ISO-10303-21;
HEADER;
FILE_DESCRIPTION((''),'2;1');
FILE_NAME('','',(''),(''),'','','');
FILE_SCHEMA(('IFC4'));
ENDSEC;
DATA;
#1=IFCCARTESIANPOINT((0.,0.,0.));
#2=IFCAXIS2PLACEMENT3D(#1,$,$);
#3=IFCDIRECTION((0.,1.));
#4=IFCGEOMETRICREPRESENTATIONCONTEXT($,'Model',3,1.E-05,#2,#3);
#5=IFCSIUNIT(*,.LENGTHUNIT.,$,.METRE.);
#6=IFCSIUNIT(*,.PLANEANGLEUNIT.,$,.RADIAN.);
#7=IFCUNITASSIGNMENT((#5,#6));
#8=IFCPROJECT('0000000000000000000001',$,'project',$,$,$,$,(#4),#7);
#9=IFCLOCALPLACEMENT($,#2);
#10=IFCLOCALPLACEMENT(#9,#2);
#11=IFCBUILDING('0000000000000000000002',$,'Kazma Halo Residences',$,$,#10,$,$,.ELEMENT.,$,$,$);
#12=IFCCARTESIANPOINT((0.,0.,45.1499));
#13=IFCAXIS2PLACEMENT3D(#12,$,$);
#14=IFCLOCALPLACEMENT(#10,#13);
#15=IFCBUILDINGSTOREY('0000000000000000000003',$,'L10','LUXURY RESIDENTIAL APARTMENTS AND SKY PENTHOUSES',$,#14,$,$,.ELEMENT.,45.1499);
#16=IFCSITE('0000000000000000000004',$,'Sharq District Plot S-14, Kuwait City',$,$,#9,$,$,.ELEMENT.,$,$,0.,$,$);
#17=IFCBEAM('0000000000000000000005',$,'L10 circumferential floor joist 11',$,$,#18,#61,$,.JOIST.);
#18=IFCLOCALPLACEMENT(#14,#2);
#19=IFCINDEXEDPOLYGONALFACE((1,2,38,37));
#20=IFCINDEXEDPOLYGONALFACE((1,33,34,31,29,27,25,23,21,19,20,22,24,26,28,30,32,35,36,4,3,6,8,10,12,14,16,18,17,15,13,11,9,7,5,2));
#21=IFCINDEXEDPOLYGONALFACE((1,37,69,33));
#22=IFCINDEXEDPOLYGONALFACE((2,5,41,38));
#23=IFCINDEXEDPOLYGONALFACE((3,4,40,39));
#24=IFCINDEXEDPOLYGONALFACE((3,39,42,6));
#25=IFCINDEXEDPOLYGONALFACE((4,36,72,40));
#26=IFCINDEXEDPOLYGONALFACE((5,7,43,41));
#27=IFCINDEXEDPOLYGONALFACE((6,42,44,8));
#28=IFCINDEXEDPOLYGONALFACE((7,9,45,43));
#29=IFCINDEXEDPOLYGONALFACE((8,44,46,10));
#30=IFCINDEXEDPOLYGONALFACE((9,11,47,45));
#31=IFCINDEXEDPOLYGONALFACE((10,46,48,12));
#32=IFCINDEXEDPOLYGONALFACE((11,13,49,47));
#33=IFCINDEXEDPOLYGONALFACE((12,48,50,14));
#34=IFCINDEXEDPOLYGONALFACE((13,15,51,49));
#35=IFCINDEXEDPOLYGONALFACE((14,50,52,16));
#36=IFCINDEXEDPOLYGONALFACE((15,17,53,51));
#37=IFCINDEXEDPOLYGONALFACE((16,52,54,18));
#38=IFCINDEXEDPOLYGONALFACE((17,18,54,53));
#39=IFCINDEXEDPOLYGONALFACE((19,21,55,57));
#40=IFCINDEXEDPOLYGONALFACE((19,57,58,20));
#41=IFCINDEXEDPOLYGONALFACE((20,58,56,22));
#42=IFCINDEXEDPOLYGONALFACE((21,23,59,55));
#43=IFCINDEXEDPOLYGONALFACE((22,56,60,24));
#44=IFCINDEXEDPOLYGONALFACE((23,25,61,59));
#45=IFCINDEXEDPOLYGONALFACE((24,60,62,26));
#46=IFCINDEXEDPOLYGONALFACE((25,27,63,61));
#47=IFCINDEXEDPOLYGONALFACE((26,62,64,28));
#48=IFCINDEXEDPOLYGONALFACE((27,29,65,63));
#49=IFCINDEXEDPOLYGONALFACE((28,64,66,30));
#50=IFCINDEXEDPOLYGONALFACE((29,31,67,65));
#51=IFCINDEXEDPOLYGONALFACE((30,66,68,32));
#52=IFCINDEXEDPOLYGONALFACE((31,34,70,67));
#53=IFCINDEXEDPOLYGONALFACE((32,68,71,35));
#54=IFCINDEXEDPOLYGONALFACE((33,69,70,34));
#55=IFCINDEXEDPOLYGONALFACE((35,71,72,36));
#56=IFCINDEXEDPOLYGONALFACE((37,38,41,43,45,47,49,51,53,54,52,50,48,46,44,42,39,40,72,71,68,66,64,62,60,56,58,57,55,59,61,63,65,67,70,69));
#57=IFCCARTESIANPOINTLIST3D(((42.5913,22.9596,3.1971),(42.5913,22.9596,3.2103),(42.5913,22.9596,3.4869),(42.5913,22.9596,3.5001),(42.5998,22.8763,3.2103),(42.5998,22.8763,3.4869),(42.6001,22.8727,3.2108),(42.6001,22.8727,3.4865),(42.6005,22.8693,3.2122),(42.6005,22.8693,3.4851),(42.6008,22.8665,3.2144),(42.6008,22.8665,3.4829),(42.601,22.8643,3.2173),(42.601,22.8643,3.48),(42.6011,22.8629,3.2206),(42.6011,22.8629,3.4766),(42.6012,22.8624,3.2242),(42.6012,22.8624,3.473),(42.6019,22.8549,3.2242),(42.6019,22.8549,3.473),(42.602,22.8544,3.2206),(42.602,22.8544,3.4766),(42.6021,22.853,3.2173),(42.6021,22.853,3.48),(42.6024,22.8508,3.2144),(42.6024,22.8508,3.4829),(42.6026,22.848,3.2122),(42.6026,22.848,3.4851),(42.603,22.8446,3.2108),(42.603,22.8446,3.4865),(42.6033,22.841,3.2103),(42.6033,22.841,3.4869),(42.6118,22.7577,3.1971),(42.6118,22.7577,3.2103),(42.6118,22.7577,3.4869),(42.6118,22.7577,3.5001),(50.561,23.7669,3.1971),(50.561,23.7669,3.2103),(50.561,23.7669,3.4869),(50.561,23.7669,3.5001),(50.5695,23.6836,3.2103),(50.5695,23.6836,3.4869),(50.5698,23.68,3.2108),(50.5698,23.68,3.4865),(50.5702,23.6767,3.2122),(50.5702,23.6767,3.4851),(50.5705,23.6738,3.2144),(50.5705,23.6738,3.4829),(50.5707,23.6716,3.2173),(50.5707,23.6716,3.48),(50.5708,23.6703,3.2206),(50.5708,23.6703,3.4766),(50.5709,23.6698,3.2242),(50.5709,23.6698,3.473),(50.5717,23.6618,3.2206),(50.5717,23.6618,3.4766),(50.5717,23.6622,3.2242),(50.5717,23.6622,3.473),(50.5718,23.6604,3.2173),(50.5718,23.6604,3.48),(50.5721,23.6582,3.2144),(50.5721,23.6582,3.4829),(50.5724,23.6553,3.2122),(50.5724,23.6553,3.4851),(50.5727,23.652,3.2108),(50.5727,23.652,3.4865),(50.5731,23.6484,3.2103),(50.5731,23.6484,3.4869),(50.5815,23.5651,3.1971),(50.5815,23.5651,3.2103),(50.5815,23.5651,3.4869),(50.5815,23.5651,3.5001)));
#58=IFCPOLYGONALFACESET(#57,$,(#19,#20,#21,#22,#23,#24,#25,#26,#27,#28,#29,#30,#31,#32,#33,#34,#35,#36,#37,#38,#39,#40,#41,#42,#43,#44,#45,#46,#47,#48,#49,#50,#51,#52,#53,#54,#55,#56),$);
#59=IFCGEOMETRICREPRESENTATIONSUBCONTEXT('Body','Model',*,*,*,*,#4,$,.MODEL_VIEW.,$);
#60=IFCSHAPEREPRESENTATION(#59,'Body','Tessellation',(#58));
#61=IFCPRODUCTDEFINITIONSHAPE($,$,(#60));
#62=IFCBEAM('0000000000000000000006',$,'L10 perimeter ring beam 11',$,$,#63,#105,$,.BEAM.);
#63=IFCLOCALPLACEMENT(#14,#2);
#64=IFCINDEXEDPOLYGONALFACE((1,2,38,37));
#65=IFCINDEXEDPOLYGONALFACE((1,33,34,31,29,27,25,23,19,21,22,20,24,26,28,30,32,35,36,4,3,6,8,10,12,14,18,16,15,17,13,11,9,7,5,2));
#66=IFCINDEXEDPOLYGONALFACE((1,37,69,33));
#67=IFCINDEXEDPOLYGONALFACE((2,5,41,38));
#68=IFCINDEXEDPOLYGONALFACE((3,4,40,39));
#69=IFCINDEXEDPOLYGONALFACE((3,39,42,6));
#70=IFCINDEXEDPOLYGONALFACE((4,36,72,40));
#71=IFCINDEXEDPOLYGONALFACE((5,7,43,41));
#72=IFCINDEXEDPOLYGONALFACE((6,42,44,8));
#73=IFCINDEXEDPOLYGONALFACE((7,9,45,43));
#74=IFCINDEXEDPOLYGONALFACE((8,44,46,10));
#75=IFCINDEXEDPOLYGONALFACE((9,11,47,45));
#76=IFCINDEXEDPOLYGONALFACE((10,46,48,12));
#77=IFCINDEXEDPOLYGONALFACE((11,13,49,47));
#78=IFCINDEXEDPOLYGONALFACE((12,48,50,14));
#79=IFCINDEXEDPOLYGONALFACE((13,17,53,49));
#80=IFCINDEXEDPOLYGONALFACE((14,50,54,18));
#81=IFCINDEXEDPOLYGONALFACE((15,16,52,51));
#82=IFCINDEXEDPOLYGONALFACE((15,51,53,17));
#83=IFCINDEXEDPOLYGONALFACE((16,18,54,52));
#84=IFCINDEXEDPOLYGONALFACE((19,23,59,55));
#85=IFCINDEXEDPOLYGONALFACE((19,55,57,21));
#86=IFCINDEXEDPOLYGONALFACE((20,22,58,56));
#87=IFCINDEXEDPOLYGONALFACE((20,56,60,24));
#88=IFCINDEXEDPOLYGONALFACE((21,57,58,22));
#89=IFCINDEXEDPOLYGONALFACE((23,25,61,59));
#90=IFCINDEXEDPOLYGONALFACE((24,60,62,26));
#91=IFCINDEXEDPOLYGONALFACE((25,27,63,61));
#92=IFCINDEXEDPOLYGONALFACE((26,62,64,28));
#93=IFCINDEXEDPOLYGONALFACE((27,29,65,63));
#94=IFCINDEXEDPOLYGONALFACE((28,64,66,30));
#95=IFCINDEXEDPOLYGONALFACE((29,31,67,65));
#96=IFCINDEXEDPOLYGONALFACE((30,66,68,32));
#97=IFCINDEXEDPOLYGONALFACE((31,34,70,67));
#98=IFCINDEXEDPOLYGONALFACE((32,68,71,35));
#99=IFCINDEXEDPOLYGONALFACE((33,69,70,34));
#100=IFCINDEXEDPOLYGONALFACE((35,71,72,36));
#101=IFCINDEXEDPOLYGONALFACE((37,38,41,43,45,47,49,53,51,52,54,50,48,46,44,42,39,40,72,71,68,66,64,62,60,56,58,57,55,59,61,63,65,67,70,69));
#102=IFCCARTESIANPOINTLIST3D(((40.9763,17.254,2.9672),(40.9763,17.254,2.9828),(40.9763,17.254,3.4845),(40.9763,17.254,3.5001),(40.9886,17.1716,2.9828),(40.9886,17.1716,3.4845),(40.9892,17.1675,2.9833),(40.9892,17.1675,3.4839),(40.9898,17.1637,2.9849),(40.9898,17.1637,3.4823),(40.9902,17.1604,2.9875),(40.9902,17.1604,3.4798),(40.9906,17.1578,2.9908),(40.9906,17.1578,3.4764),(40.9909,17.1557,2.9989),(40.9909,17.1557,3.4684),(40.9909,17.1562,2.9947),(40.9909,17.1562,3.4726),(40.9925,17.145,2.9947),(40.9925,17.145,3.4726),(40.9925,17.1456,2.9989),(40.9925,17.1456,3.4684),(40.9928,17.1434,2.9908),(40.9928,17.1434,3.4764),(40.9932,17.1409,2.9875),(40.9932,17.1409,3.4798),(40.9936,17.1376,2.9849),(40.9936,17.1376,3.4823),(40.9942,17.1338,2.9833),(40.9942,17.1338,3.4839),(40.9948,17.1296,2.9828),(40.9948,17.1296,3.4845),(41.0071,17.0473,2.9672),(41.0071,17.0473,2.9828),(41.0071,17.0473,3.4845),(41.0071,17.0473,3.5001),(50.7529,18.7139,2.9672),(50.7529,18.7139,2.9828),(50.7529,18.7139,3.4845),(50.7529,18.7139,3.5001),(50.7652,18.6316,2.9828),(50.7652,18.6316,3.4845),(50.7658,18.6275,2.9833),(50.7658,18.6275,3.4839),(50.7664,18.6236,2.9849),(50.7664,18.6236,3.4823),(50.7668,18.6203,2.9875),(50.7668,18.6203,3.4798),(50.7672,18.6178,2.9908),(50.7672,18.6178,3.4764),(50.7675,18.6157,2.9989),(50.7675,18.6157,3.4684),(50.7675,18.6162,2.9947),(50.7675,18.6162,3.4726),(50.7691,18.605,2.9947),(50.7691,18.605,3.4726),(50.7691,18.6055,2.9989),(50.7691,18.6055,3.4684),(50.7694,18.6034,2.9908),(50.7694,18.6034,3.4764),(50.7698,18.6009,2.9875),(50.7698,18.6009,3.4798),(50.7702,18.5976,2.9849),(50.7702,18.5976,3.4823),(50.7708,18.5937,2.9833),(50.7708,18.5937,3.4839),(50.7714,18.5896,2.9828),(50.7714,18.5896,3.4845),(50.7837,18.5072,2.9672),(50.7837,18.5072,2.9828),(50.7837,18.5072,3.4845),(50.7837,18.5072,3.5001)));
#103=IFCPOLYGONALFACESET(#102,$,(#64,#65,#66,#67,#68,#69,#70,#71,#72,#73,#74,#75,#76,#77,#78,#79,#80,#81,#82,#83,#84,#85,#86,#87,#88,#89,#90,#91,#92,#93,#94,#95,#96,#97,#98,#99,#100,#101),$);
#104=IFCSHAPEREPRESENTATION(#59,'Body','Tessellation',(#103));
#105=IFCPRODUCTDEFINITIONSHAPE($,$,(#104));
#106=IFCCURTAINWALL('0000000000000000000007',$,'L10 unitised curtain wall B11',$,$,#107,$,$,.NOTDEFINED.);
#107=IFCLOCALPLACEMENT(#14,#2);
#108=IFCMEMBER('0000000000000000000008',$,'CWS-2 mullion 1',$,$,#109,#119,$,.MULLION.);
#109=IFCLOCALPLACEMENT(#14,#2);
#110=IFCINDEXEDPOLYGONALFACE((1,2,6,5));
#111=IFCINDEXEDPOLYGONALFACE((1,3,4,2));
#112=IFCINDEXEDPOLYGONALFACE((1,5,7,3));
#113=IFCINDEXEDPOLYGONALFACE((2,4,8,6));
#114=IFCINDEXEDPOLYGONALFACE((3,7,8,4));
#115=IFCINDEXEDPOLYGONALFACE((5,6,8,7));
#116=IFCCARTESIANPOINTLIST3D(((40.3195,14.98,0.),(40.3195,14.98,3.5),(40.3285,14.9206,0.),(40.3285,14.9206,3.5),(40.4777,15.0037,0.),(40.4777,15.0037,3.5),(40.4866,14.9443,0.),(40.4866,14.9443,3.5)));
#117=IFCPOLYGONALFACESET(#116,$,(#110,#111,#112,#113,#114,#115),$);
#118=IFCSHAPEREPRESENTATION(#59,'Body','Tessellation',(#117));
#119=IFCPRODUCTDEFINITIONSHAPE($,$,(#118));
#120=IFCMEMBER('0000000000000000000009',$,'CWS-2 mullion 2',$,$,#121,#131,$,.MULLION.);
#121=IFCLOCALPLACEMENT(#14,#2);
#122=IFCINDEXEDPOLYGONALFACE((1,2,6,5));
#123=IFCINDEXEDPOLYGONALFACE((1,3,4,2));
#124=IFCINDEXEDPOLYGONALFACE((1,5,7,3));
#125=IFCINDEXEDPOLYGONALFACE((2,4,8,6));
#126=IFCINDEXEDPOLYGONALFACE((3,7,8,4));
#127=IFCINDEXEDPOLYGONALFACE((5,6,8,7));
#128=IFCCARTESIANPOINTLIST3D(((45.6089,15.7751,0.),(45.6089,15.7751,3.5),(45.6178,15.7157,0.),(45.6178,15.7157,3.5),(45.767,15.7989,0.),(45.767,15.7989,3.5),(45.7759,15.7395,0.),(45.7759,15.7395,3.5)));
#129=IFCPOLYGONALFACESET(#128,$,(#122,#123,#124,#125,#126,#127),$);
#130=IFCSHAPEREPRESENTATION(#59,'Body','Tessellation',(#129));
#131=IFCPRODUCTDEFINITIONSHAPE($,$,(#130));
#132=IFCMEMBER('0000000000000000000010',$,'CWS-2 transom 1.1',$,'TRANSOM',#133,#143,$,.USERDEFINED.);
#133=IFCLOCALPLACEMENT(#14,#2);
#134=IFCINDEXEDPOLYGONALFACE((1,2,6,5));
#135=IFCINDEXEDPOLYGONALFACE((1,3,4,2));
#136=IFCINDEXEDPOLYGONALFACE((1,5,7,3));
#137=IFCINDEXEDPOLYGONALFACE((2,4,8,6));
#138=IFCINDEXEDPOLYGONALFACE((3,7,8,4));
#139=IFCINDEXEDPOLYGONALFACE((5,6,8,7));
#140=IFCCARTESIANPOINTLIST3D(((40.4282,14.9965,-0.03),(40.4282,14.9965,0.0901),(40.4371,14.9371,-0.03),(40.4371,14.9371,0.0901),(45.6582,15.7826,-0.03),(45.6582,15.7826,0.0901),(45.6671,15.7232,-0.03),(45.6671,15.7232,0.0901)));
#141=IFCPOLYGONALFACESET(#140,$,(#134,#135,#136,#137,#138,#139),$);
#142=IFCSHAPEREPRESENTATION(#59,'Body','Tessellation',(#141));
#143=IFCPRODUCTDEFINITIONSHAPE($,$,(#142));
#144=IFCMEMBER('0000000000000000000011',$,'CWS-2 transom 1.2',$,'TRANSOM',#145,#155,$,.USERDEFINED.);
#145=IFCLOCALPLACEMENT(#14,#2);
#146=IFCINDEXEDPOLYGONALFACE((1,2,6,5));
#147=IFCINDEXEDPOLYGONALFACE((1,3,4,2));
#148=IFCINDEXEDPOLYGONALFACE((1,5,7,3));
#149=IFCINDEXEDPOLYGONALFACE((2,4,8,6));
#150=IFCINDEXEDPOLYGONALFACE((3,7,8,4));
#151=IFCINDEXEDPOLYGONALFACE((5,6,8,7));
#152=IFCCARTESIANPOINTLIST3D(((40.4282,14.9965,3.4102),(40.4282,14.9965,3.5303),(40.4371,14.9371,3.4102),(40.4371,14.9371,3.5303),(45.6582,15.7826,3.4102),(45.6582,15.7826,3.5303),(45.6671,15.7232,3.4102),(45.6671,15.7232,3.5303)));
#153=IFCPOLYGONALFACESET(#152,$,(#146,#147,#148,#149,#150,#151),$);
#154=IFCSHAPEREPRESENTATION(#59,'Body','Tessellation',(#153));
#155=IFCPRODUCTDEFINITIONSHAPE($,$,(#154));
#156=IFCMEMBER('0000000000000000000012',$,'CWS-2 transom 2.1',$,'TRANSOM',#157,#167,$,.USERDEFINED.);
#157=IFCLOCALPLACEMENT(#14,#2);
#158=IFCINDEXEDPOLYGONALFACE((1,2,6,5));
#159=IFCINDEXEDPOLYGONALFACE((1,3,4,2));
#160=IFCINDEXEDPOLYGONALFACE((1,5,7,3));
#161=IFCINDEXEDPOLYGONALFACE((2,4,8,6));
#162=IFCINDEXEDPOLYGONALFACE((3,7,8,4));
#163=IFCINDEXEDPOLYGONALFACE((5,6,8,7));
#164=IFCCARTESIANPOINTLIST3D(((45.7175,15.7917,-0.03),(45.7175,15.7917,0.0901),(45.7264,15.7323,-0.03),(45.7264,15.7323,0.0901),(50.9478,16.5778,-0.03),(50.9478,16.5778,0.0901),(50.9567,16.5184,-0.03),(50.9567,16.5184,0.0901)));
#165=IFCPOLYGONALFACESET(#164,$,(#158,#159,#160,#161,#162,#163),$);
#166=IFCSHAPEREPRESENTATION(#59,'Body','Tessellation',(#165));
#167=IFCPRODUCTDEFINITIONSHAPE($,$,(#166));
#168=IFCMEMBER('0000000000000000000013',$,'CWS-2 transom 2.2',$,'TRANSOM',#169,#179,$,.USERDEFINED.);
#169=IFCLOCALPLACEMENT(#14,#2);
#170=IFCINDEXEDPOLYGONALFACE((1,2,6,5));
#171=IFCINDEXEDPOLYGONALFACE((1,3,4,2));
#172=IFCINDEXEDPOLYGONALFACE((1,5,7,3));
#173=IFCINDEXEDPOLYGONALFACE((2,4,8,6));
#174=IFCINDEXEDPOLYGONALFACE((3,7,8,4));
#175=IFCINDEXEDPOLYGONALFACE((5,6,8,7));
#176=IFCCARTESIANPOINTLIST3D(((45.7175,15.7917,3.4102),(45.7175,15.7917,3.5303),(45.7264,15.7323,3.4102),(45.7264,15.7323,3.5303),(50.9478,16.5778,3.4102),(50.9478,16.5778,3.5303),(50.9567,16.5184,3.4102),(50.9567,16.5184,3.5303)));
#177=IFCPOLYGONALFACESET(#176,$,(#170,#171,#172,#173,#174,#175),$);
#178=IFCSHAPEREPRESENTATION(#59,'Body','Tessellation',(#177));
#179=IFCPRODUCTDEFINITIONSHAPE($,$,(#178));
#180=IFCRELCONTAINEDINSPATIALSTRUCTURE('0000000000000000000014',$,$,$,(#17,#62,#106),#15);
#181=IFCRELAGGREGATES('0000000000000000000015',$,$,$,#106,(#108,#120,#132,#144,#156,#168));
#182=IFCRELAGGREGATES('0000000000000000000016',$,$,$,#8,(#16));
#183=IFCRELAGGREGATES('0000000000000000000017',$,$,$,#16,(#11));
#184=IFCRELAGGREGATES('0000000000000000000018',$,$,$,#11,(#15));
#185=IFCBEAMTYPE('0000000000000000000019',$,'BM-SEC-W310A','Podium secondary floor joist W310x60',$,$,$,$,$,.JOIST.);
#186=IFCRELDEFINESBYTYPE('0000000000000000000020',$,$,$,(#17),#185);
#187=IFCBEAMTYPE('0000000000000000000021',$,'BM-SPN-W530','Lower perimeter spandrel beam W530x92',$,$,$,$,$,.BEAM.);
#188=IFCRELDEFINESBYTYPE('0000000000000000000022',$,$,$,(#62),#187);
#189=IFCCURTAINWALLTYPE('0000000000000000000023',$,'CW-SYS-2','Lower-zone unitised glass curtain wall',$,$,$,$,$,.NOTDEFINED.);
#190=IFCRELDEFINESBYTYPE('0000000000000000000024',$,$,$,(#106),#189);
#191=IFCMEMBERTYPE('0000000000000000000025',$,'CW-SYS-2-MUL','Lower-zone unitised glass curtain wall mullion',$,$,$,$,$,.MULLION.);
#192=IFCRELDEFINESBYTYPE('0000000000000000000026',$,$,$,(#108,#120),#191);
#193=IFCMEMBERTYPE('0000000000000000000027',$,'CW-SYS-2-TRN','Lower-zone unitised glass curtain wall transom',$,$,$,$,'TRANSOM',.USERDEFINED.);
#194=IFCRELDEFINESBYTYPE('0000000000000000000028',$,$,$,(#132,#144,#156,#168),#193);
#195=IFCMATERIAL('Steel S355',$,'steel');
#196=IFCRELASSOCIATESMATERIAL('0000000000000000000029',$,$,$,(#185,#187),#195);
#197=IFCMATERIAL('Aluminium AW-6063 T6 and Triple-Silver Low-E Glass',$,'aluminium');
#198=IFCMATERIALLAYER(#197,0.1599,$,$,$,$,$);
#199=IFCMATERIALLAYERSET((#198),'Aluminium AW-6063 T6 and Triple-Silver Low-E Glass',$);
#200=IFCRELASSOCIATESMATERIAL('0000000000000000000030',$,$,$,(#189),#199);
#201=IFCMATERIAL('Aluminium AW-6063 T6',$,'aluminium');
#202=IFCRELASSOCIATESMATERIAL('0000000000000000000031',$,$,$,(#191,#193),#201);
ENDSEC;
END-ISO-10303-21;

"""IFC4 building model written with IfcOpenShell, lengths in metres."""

from ifc_helpers import new_model, si_unit, direction, frame, origin, origin_2d, place, context, subcontext, project, spatial, rectangle, i_section, extrude, material, layer, layer_set, material_profile, profile_set, type_object, element, aggregate, save


model = new_model("IFC4")

# Units and contexts
model_context = context("Model", 3, precision=1e-05, world=origin(), true_north=direction((0.0, 1.0)))
body_context = subcontext(model_context, "Body", "Model", "MODEL_VIEW")
ifc_project = project(units=[si_unit("LENGTHUNIT", "METRE"), si_unit("PLANEANGLEUNIT", "RADIAN")], contexts=[model_context])

# Site, building, storey
site_placement = place(None, origin())
site = spatial("IfcSite", under=ifc_project, at=site_placement, Name="Sharq District Plot S-14, Kuwait City", CompositionType="ELEMENT", RefElevation=0.0)
building_placement = place(site_placement, origin())
building = spatial("IfcBuilding", under=site, at=building_placement, Name="Kazma Halo Residences", CompositionType="ELEMENT")
storey_placement = place(building_placement, frame((0.0, 0.0, 45.1499)))
storey = spatial("IfcBuildingStorey", under=building, at=storey_placement, Name="L10", Description="LUXURY RESIDENTIAL APARTMENTS AND SKY PENTHOUSES", CompositionType="ELEMENT", Elevation=45.1499)

# Beams
ifc_material_1 = material(Name="Steel S355", Category="steel")
ifc_material_profile_1 = material_profile(ifc_material_1, i_section(OverallWidth=0.2029, OverallDepth=0.303, WebThickness=0.0076, FlangeThickness=0.0132, FilletRadius=0.0139, at=origin_2d()), Name="W310x60")
ifc_profile_set_1 = profile_set([ifc_material_profile_1], Name="Steel S355")
beam_type_1 = type_object("IfcBeamType", Name="BM-SEC-W310A", Description="Podium secondary floor joist W310x60", PredefinedType="JOIST", material=ifc_profile_set_1)
beam_1_placement = place(storey_placement, frame((42.6016, 22.8586, 3.3486), z_axis=(0.994908, 0.100789, 0.0), x_axis=(-0.100789, 0.994908, 0.0)))
element("IfcBeam", 1, at=beam_1_placement, inside=storey, type_object=beam_type_1, Name="L10 circumferential floor joist 11", PredefinedType="JOIST", context=body_context, shape_type="SweptSolid", body=[
    extrude(i_section(OverallWidth=0.2029, OverallDepth=0.303, WebThickness=0.0076, FlangeThickness=0.0132, FilletRadius=0.0139, at=origin_2d()), origin(), (0.0, 0.0, 1.0), 8.0105),
])
ifc_material_profile_2 = material_profile(ifc_material_1, i_section(OverallWidth=0.209, OverallDepth=0.533, WebThickness=0.0103, FlangeThickness=0.0156, FilletRadius=0.0161, at=origin_2d()), Name="W530x92")
ifc_profile_set_2 = profile_set([ifc_material_profile_2], Name="Steel S355")
beam_type_2 = type_object("IfcBeamType", Name="BM-SPN-W530", Description="Lower perimeter spandrel beam W530x92", PredefinedType="BEAM", material=ifc_profile_set_2)
beam_2_placement = place(storey_placement, frame((40.9917, 17.1506, 3.2336), z_axis=(0.989033, 0.147694, 0.0), x_axis=(-0.147694, 0.989033, 0.0)))
element("IfcBeam", 2, at=beam_2_placement, inside=storey, type_object=beam_type_2, Name="L10 perimeter ring beam 11", PredefinedType="BEAM", context=body_context, shape_type="SweptSolid", body=[
    extrude(i_section(OverallWidth=0.209, OverallDepth=0.533, WebThickness=0.0103, FlangeThickness=0.0156, FilletRadius=0.0161, at=origin_2d()), origin(), (0.0, 0.0, 1.0), 9.885),
])

# Curtain wall, members
ifc_material_2 = material(Name="Aluminium AW-6063 T6 and Triple-Silver Low-E Glass", Category="aluminium")
ifc_layer_1 = layer(ifc_material_2, 0.1599)
ifc_layer_set_1 = layer_set([ifc_layer_1], Name="Aluminium AW-6063 T6 and Triple-Silver Low-E Glass")
curtain_wall_type = type_object("IfcCurtainWallType", Name="CW-SYS-2", Description="Lower-zone unitised glass curtain wall", PredefinedType="NOTDEFINED", material=ifc_layer_set_1)
curtain_wall_placement = place(storey_placement, origin())
curtain_wall = element("IfcCurtainWall", 3, at=curtain_wall_placement, inside=storey, type_object=curtain_wall_type, Name="L10 unitised curtain wall B11", PredefinedType="NOTDEFINED")
ifc_material_3 = material(Name="Aluminium AW-6063 T6", Category="aluminium")
ifc_material_profile_3 = material_profile(ifc_material_3, rectangle(XDim=0.0601, YDim=0.1599, at=origin_2d()), Name="CWM-60x160")
ifc_profile_set_3 = profile_set([ifc_material_profile_3], Name="Aluminium AW-6063 T6")
member_type_1 = type_object("IfcMemberType", Name="CW-SYS-2-MUL", Description="Lower-zone unitised glass curtain wall mullion", PredefinedType="MULLION", material=ifc_profile_set_3)
member_1_placement = place(storey_placement, frame((40.4031, 14.9622, 0.0), z_axis=(0.0, 0.0, 1.0), x_axis=(-0.148657, 0.988889, 0.0)))
member_1 = element("IfcMember", 4, at=member_1_placement, type_object=member_type_1, Name="CWS-2 mullion 1", PredefinedType="MULLION", context=body_context, shape_type="SweptSolid", body=[
    extrude(rectangle(XDim=0.0601, YDim=0.1599, at=origin_2d()), origin(), (0.0, 0.0, 1.0), 3.5),
])
member_2_placement = place(storey_placement, frame((45.6924, 15.7573, 0.0), z_axis=(0.0, 0.0, 1.0), x_axis=(-0.148657, 0.988889, 0.0)))
member_2 = element("IfcMember", 5, at=member_2_placement, type_object=member_type_1, Name="CWS-2 mullion 2", PredefinedType="MULLION", context=body_context, shape_type="SweptSolid", body=[
    extrude(rectangle(XDim=0.0601, YDim=0.1599, at=origin_2d()), origin(), (0.0, 0.0, 1.0), 3.5),
])
ifc_material_profile_4 = material_profile(ifc_material_3, rectangle(XDim=0.0601, YDim=0.1201, at=origin_2d()), Name="CWT-60x120")
ifc_profile_set_4 = profile_set([ifc_material_profile_4], Name="Aluminium AW-6063 T6")
member_type_2 = type_object("IfcMemberType", Name="CW-SYS-2-TRN", Description="Lower-zone unitised glass curtain wall transom", ElementType="TRANSOM", PredefinedType="USERDEFINED", material=ifc_profile_set_4)
member_3_placement = place(storey_placement, frame((40.4326, 14.9668, 0.03), z_axis=(0.988891, 0.148643, 0.0), x_axis=(-0.148643, 0.988891, 0.0)))
member_3 = element("IfcMember", 6, at=member_3_placement, type_object=member_type_2, Name="CWS-2 transom 1.1", ObjectType="TRANSOM", PredefinedType="USERDEFINED", context=body_context, shape_type="SweptSolid", body=[
    extrude(rectangle(XDim=0.0601, YDim=0.1201, at=origin_2d()), origin(), (0.0, 0.0, 1.0), 5.2888),
])
member_4_placement = place(storey_placement, frame((40.4326, 14.9668, 3.4702), z_axis=(0.988891, 0.148643, 0.0), x_axis=(-0.148643, 0.988891, 0.0)))
member_4 = element("IfcMember", 7, at=member_4_placement, type_object=member_type_2, Name="CWS-2 transom 1.2", ObjectType="TRANSOM", PredefinedType="USERDEFINED", context=body_context, shape_type="SweptSolid", body=[
    extrude(rectangle(XDim=0.0601, YDim=0.1201, at=origin_2d()), origin(), (0.0, 0.0, 1.0), 5.2888),
])
member_5_placement = place(storey_placement, frame((45.7219, 15.762, 0.03), z_axis=(0.988892, 0.148636, 0.0), x_axis=(-0.148636, 0.988892, 0.0)))
member_5 = element("IfcMember", 8, at=member_5_placement, type_object=member_type_2, Name="CWS-2 transom 2.1", ObjectType="TRANSOM", PredefinedType="USERDEFINED", context=body_context, shape_type="SweptSolid", body=[
    extrude(rectangle(XDim=0.0601, YDim=0.1201, at=origin_2d()), origin(), (0.0, 0.0, 1.0), 5.2891),
])
member_6_placement = place(storey_placement, frame((45.7219, 15.762, 3.4702), z_axis=(0.988892, 0.148636, 0.0), x_axis=(-0.148636, 0.988892, 0.0)))
member_6 = element("IfcMember", 9, at=member_6_placement, type_object=member_type_2, Name="CWS-2 transom 2.2", ObjectType="TRANSOM", PredefinedType="USERDEFINED", context=body_context, shape_type="SweptSolid", body=[
    extrude(rectangle(XDim=0.0601, YDim=0.1201, at=origin_2d()), origin(), (0.0, 0.0, 1.0), 5.2891),
])
aggregate(curtain_wall, [member_1, member_2, member_3, member_4, member_5, member_6])

save(model, "model.ifc")
